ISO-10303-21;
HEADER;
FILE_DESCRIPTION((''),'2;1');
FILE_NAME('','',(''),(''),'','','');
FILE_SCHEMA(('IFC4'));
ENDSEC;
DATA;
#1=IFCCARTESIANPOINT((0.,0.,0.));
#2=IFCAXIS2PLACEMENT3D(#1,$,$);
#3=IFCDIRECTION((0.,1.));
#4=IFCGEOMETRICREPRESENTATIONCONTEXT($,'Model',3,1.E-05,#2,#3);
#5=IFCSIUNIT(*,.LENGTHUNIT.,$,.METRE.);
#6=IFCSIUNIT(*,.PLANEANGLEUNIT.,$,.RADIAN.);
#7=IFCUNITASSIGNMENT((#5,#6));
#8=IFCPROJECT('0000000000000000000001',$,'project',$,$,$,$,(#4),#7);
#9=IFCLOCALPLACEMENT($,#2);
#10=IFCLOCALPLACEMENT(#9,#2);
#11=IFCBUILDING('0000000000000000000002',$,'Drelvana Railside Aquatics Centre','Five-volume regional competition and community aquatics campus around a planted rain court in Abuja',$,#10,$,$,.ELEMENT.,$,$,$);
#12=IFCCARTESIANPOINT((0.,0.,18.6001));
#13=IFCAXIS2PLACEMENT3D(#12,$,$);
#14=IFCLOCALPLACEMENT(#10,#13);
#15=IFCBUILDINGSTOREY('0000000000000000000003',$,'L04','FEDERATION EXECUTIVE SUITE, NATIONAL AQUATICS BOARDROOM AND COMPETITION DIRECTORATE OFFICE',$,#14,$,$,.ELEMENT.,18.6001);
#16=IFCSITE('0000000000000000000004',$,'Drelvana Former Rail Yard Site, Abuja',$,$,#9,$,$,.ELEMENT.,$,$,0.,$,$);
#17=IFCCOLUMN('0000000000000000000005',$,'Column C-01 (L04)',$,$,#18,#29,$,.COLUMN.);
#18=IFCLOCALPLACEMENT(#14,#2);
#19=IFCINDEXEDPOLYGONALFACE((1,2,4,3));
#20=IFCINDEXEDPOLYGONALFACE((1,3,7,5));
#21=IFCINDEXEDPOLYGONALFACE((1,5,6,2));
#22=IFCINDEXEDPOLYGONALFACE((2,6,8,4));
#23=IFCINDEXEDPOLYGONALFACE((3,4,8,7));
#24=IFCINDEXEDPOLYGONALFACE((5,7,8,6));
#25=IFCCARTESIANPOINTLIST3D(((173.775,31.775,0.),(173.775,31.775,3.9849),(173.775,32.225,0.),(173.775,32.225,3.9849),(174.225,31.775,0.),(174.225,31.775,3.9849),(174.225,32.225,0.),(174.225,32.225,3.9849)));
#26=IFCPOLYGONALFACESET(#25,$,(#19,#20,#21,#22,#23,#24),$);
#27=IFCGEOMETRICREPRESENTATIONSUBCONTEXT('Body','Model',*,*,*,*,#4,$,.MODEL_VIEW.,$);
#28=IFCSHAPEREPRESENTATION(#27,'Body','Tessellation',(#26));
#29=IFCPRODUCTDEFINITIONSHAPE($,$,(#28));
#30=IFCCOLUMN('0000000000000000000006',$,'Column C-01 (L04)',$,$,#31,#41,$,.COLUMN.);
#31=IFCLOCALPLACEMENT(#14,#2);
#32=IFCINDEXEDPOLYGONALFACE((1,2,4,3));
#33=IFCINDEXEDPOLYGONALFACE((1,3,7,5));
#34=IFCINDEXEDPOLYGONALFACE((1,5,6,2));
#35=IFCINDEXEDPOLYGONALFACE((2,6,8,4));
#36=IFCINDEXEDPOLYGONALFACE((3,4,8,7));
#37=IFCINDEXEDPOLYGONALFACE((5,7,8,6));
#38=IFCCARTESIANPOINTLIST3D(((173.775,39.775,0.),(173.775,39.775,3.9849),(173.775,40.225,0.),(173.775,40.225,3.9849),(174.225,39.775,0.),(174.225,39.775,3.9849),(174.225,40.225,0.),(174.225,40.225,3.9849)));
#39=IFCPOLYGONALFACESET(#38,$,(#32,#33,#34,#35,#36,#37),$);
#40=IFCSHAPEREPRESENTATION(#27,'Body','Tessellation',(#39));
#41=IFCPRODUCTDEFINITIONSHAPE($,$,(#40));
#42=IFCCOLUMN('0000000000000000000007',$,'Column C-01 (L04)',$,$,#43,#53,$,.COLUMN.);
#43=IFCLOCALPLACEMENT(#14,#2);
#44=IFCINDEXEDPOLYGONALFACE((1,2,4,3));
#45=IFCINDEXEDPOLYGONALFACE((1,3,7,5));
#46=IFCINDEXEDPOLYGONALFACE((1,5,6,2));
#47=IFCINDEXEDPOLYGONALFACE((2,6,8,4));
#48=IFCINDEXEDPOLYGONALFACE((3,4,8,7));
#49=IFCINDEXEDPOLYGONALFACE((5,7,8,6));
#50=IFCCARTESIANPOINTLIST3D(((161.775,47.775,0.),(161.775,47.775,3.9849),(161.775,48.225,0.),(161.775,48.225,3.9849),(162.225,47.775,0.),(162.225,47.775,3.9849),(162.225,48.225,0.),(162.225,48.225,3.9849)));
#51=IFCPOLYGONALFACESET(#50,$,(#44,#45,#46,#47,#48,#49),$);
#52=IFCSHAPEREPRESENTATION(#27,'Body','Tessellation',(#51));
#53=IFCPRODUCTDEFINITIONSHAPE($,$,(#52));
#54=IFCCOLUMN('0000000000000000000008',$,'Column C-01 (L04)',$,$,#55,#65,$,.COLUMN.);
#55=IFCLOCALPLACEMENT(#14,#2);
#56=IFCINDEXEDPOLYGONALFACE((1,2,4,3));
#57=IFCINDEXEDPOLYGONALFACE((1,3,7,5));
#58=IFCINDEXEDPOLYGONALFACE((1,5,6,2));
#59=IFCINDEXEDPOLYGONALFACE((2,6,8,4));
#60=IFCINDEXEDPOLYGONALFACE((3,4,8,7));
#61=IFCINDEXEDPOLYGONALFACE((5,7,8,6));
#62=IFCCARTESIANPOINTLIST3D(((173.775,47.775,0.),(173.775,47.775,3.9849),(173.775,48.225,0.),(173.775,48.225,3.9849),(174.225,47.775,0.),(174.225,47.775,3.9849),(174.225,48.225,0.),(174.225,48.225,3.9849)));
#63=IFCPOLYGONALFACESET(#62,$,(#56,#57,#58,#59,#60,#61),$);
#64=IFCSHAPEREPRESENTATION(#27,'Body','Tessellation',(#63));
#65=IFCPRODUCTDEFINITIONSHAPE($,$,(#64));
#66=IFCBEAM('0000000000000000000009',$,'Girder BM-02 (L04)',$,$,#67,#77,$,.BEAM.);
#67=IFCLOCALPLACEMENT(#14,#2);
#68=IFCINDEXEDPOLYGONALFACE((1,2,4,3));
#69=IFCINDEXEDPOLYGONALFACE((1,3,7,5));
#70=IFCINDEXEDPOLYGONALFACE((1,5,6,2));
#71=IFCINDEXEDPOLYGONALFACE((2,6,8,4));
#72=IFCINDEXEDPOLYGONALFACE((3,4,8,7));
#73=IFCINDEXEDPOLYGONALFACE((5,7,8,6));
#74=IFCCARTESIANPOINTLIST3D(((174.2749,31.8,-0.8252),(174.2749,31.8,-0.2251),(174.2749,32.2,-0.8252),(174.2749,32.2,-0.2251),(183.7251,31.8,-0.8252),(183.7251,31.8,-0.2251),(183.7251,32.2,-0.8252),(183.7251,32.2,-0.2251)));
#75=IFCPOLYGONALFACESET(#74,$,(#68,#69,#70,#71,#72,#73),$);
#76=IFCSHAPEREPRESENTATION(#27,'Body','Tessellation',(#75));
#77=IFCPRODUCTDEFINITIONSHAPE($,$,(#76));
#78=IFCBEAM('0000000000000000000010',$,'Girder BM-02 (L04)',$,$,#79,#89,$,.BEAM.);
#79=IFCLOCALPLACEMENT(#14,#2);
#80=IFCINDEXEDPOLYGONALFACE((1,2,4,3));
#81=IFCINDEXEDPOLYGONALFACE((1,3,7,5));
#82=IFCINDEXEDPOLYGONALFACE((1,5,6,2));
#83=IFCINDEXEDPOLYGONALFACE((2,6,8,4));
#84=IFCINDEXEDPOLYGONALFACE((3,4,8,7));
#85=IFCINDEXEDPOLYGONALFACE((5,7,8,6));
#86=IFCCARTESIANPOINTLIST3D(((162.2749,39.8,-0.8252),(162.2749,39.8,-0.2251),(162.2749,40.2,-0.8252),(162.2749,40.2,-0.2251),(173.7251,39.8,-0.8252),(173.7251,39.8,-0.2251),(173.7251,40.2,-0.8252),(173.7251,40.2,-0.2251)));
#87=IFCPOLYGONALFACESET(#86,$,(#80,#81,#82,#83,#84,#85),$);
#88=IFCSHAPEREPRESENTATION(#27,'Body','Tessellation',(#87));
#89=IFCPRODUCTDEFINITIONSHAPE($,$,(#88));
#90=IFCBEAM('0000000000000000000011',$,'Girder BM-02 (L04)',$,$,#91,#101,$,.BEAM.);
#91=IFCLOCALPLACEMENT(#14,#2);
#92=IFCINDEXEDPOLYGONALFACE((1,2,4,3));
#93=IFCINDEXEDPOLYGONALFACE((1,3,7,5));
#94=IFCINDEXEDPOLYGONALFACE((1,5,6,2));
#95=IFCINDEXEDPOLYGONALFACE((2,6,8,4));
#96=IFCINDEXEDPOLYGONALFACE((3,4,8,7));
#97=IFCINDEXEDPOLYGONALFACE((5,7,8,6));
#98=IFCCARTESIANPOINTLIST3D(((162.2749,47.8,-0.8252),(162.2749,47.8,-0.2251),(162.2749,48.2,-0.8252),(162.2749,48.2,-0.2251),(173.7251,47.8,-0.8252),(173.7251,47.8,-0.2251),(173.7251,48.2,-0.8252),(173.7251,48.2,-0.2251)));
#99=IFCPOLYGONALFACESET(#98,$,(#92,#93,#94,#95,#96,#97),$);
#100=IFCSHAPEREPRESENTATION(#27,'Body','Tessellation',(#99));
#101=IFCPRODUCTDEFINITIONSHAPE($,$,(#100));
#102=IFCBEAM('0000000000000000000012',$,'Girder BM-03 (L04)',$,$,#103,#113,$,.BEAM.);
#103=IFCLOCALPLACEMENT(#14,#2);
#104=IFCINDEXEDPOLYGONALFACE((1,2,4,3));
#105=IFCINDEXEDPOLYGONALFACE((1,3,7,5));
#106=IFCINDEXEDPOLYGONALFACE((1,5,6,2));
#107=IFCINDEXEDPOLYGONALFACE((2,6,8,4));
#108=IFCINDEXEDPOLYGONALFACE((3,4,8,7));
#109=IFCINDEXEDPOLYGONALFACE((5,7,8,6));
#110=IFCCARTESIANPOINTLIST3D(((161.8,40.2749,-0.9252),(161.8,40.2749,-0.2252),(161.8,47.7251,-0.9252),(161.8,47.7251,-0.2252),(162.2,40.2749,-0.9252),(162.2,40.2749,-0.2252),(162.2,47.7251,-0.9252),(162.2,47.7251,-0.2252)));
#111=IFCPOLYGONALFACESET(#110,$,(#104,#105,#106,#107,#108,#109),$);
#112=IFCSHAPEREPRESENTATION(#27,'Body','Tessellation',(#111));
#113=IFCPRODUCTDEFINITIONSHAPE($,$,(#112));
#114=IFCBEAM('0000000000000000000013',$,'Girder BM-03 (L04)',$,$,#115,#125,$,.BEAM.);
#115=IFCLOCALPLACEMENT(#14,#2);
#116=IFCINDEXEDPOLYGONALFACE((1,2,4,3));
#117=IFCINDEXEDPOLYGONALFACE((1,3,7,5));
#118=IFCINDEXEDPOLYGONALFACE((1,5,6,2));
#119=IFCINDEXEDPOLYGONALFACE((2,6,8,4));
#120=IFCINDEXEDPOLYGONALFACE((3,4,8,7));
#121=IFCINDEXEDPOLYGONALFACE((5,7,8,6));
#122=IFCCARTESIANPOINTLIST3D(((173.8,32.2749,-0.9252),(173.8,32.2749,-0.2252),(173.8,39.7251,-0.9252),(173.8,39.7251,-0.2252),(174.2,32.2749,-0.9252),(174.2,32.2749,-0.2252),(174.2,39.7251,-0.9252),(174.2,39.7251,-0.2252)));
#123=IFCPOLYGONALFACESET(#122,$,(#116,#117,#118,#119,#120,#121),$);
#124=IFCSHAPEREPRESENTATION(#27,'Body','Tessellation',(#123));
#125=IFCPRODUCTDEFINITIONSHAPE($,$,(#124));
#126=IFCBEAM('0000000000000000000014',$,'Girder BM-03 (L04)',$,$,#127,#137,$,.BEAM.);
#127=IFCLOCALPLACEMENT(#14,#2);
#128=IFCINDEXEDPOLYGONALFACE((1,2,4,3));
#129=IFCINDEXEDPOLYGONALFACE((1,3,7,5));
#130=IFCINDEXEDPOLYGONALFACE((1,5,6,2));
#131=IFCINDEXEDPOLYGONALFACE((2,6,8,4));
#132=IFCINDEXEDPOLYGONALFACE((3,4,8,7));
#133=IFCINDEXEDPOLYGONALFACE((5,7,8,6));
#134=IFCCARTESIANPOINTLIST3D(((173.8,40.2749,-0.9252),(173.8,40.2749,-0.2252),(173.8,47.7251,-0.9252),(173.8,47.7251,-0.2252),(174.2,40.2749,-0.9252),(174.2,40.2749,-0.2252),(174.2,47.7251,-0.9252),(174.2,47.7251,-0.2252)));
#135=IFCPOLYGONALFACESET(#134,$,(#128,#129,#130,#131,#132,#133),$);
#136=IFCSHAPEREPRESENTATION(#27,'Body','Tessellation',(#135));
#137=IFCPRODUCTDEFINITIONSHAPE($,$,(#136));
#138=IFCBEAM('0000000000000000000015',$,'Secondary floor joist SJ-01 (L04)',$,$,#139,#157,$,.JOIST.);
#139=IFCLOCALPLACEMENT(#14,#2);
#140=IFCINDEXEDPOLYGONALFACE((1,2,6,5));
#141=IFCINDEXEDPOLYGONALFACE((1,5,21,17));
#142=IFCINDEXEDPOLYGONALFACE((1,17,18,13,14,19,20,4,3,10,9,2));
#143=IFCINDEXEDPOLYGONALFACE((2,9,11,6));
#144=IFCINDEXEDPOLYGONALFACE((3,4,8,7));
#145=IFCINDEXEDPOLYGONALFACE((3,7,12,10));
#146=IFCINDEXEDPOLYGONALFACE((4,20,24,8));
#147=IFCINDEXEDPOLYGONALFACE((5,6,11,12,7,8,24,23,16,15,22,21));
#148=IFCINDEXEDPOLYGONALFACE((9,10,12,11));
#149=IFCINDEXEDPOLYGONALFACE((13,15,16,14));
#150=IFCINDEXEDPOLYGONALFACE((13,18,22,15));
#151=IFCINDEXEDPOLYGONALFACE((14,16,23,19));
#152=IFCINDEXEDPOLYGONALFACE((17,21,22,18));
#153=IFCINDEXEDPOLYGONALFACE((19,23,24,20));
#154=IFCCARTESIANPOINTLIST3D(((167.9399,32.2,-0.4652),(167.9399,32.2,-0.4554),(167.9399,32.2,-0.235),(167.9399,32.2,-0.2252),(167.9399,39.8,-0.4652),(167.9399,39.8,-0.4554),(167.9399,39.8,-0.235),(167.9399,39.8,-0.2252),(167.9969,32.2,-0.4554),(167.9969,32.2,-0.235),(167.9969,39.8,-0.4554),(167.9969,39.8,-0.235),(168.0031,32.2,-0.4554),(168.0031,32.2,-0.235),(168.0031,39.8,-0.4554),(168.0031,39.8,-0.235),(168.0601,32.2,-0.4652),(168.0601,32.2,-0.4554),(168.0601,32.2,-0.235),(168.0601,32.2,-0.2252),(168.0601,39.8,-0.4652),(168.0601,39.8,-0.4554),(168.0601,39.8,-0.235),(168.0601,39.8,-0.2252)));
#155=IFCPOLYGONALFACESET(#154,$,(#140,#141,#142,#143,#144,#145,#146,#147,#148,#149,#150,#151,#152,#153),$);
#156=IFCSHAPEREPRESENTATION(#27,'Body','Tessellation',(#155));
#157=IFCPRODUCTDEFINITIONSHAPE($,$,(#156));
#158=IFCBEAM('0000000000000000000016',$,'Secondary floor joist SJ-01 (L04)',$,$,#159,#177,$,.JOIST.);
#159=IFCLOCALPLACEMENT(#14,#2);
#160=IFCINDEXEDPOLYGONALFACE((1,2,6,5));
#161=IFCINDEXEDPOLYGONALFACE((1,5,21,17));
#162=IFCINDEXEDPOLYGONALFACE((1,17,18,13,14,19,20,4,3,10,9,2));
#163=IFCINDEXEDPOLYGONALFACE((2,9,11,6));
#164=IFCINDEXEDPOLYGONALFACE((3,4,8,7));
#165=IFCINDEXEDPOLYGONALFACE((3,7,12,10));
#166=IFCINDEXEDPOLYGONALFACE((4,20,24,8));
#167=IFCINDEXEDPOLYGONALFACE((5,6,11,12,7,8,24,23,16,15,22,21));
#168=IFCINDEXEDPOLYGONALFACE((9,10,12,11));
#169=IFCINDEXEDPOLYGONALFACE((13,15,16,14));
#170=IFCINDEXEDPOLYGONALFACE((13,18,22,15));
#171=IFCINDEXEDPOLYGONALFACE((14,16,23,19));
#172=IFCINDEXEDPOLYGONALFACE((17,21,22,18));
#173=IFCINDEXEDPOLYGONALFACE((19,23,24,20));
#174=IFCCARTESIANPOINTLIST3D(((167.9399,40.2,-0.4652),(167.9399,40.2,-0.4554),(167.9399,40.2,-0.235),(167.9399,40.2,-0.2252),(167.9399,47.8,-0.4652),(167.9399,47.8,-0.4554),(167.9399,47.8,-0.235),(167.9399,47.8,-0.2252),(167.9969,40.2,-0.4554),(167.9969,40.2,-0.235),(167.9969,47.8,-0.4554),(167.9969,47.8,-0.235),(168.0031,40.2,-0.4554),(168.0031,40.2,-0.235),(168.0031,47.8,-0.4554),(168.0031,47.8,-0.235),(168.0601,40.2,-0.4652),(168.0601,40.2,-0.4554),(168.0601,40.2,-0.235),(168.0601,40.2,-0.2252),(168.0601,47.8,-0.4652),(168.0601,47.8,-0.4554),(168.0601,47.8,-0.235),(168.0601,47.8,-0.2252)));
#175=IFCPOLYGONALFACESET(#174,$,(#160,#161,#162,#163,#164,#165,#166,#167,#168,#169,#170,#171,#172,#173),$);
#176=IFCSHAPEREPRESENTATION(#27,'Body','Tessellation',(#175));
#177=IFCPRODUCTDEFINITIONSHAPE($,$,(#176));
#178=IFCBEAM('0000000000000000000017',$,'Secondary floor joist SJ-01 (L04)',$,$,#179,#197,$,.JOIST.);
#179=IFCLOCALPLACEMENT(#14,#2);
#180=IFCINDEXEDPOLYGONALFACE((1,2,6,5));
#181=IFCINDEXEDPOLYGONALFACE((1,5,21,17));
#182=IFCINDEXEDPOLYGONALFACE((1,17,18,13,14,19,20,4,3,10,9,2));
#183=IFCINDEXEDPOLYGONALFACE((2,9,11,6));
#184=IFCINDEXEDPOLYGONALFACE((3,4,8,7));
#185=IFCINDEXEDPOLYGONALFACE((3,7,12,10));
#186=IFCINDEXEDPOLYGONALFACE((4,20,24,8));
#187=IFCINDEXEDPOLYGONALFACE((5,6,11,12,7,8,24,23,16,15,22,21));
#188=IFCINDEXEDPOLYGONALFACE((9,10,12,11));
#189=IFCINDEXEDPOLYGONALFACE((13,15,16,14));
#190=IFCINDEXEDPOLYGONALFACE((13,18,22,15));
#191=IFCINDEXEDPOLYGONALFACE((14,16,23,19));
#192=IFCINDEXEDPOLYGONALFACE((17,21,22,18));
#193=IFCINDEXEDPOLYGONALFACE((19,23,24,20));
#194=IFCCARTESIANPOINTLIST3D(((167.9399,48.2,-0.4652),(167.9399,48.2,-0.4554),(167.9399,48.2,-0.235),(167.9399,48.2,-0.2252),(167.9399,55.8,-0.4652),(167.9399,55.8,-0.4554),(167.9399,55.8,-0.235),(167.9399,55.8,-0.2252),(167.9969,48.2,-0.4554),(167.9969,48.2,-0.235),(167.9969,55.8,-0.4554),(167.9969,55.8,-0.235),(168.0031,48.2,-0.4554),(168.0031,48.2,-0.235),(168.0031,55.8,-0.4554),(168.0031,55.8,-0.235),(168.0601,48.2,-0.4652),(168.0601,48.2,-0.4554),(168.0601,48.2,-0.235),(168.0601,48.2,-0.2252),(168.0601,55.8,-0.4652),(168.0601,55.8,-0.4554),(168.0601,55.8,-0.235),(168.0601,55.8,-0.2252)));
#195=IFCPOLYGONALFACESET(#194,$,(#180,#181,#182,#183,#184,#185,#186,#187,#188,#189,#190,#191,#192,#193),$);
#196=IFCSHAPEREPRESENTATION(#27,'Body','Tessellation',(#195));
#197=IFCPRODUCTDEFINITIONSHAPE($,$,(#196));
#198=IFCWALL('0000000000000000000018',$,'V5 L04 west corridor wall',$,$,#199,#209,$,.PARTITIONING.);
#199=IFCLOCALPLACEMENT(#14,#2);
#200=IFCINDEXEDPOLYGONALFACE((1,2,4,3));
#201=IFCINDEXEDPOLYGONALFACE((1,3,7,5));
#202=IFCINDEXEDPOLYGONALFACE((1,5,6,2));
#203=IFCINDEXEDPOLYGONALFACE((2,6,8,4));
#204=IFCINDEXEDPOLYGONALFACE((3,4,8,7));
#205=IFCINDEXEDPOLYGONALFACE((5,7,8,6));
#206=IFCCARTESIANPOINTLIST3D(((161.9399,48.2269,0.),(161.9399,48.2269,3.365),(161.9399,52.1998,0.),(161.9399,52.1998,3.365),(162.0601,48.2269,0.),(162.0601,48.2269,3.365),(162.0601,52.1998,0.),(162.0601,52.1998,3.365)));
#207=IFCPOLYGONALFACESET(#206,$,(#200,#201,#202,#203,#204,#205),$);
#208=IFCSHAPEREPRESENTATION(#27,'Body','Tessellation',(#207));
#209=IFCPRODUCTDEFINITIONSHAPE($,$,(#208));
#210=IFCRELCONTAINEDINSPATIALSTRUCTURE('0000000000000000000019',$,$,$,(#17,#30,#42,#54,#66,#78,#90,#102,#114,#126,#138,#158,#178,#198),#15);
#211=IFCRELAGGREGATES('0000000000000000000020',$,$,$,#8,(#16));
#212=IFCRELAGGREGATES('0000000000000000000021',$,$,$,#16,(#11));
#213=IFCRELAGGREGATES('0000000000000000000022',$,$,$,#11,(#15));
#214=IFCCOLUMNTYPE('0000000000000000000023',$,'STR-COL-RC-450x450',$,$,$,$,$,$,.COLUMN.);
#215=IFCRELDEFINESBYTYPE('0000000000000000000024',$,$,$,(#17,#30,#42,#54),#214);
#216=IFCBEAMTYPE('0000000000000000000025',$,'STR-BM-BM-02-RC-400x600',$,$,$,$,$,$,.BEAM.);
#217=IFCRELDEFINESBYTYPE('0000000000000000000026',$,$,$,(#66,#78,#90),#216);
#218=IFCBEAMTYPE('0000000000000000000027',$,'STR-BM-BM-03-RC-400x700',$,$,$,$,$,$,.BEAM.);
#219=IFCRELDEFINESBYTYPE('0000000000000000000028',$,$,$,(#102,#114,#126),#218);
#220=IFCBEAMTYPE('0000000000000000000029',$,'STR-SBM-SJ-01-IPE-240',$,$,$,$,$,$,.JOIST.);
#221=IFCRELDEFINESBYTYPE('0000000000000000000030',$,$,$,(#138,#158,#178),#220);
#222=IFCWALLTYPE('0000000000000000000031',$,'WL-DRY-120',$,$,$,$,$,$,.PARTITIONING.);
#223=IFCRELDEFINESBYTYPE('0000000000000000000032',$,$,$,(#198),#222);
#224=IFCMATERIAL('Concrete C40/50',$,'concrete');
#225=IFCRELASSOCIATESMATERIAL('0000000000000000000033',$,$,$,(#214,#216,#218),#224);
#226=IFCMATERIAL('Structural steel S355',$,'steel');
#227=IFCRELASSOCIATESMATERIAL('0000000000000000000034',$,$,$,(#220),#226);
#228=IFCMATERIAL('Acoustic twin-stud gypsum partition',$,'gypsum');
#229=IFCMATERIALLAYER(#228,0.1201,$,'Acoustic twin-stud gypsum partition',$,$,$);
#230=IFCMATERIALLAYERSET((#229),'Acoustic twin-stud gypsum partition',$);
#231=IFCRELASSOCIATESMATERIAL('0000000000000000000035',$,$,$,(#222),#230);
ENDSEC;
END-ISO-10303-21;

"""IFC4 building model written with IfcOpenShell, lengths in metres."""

from ifc_helpers import new_model, si_unit, direction, frame, frame_2d, origin, origin_2d, place, context, subcontext, project, spatial, rectangle, i_section, extrude, material, layer, layer_set, material_profile, profile_set, type_object, element, save


model = new_model("IFC4")

# Units and contexts
model_context = context("Model", 3, precision=1e-05, world=origin(), true_north=direction((0.0, 1.0)))
body_context = subcontext(model_context, "Body", "Model", "MODEL_VIEW")
ifc_project = project(units=[si_unit("LENGTHUNIT", "METRE"), si_unit("PLANEANGLEUNIT", "RADIAN")], contexts=[model_context])

# Site, building, storey
site_placement = place(None, origin())
site = spatial("IfcSite", under=ifc_project, at=site_placement, Name="Drelvana Former Rail Yard Site, Abuja", CompositionType="ELEMENT", RefElevation=0.0)
building_placement = place(site_placement, origin())
building = spatial("IfcBuilding", under=site, at=building_placement, Name="Drelvana Railside Aquatics Centre", Description="Five-volume regional competition and community aquatics campus around a planted rain court in Abuja", CompositionType="ELEMENT")
storey_placement = place(building_placement, frame((0.0, 0.0, 18.6001)))
storey = spatial("IfcBuildingStorey", under=building, at=storey_placement, Name="L04", Description="FEDERATION EXECUTIVE SUITE, NATIONAL AQUATICS BOARDROOM AND COMPETITION DIRECTORATE OFFICE", CompositionType="ELEMENT", Elevation=18.6001)

# Columns
ifc_material_1 = material(Name="Concrete C40/50", Category="concrete")
ifc_material_profile_1 = material_profile(ifc_material_1, rectangle(XDim=0.45, YDim=0.45, at=origin_2d()), Name="RC 450x450")
ifc_profile_set_1 = profile_set([ifc_material_profile_1], Name="Concrete C40/50")
column_type = type_object("IfcColumnType", Name="STR-COL-RC-450x450", PredefinedType="COLUMN", material=ifc_profile_set_1)
for number, where, z_axis, x_axis, name in (
    (1, (174.0, 32.0, 0.0), (0.0, 0.0, 1.0), (1.0, 0.0, 0.0), "Column C-01 (L04)"),
    (2, (174.0, 40.0, 0.0), (0.0, 0.0, 1.0), (1.0, 0.0, 0.0), "Column C-01 (L04)"),
    (3, (162.0, 48.0, 0.0), (0.0, 0.0, 1.0), (1.0, 0.0, 0.0), "Column C-01 (L04)"),
    (4, (174.0, 48.0, 0.0), (0.0, 0.0, 1.0), (1.0, 0.0, 0.0), "Column C-01 (L04)"),
):
    element("IfcColumn", number, at=place(storey_placement, frame(where, z_axis=z_axis, x_axis=x_axis)), inside=storey, type_object=column_type, Name=name, PredefinedType="COLUMN", context=body_context, shape_type="SweptSolid", body=[
        extrude(rectangle(XDim=0.45, YDim=0.45, at=origin_2d()), origin(), (0.0, 0.0, 1.0), 3.9849),
    ])

# Beams
ifc_material_profile_2 = material_profile(ifc_material_1, rectangle(XDim=0.3999, YDim=0.6001, at=origin_2d()), Name="RC 400x600")
ifc_profile_set_2 = profile_set([ifc_material_profile_2], Name="Concrete C40/50")
beam_type_1 = type_object("IfcBeamType", Name="STR-BM-BM-02-RC-400x600", PredefinedType="BEAM", material=ifc_profile_set_2)
beam_placement = place(storey_placement, frame((174.2749, 32.0, -0.5251), z_axis=(1.0, 0.0, 0.0), x_axis=(0.0, 1.0, 0.0)))
element("IfcBeam", 5, at=beam_placement, inside=storey, type_object=beam_type_1, Name="Girder BM-02 (L04)", PredefinedType="BEAM", context=body_context, shape_type="SweptSolid", body=[
    extrude(rectangle(XDim=0.3999, YDim=0.6001, at=origin_2d()), origin(), (0.0, 0.0, 1.0), 9.4502),
])
for number, where, z_axis, x_axis, name in (
    (6, (162.2749, 40.0, -0.5251), (1.0, 0.0, 0.0), (0.0, 1.0, 0.0), "Girder BM-02 (L04)"),
    (7, (162.2749, 48.0, -0.5251), (1.0, 0.0, 0.0), (0.0, 1.0, 0.0), "Girder BM-02 (L04)"),
):
    element("IfcBeam", number, at=place(storey_placement, frame(where, z_axis=z_axis, x_axis=x_axis)), inside=storey, type_object=beam_type_1, Name=name, PredefinedType="BEAM", context=body_context, shape_type="SweptSolid", body=[
        extrude(rectangle(XDim=0.3999, YDim=0.6001, at=origin_2d()), origin(), (0.0, 0.0, 1.0), 11.4502),
    ])
ifc_material_profile_3 = material_profile(ifc_material_1, rectangle(XDim=0.3999, YDim=0.7, at=origin_2d()), Name="RC 400x700")
ifc_profile_set_3 = profile_set([ifc_material_profile_3], Name="Concrete C40/50")
beam_type_2 = type_object("IfcBeamType", Name="STR-BM-BM-03-RC-400x700", PredefinedType="BEAM", material=ifc_profile_set_3)
for number, where, z_axis, x_axis, name in (
    (8, (162.0, 40.2749, -0.5752), (0.0, 1.0, 0.0), (-1.0, 0.0, 0.0), "Girder BM-03 (L04)"),
    (9, (174.0, 32.2749, -0.5752), (0.0, 1.0, 0.0), (-1.0, 0.0, 0.0), "Girder BM-03 (L04)"),
    (10, (174.0, 40.2749, -0.5752), (0.0, 1.0, 0.0), (-1.0, 0.0, 0.0), "Girder BM-03 (L04)"),
):
    element("IfcBeam", number, at=place(storey_placement, frame(where, z_axis=z_axis, x_axis=x_axis)), inside=storey, type_object=beam_type_2, Name=name, PredefinedType="BEAM", context=body_context, shape_type="SweptSolid", body=[
        extrude(rectangle(XDim=0.3999, YDim=0.7, at=origin_2d()), origin(), (0.0, 0.0, 1.0), 7.4502),
    ])
ifc_material_2 = material(Name="Structural steel S355", Category="steel")
ifc_material_profile_4 = material_profile(ifc_material_2, i_section(OverallWidth=0.1201, OverallDepth=0.24, WebThickness=0.0061, FlangeThickness=0.0098, at=origin_2d()), Name="IPE 240")
ifc_profile_set_4 = profile_set([ifc_material_profile_4], Name="Structural steel S355")
beam_type_3 = type_object("IfcBeamType", Name="STR-SBM-SJ-01-IPE-240", PredefinedType="JOIST", material=ifc_profile_set_4)
for number, where, z_axis, x_axis, name in (
    (11, (168.0, 32.2, -0.3452), (0.0, 1.0, 0.0), (-1.0, 0.0, 0.0), "Secondary floor joist SJ-01 (L04)"),
    (12, (168.0, 40.2, -0.3452), (0.0, 1.0, 0.0), (-1.0, 0.0, 0.0), "Secondary floor joist SJ-01 (L04)"),
    (13, (168.0, 48.2, -0.3452), (0.0, 1.0, 0.0), (-1.0, 0.0, 0.0), "Secondary floor joist SJ-01 (L04)"),
):
    element("IfcBeam", number, at=place(storey_placement, frame(where, z_axis=z_axis, x_axis=x_axis)), inside=storey, type_object=beam_type_3, Name=name, PredefinedType="JOIST", context=body_context, shape_type="SweptSolid", body=[
        extrude(i_section(OverallWidth=0.1201, OverallDepth=0.24, WebThickness=0.0061, FlangeThickness=0.0098, at=origin_2d()), origin(), (0.0, 0.0, 1.0), 7.6001),
    ])

# Wall
ifc_material_3 = material(Name="Acoustic twin-stud gypsum partition", Category="gypsum")
ifc_layer = layer(ifc_material_3, 0.1201, Name="Acoustic twin-stud gypsum partition")
ifc_layer_set = layer_set([ifc_layer], Name="Acoustic twin-stud gypsum partition")
wall_type = type_object("IfcWallType", Name="WL-DRY-120", PredefinedType="PARTITIONING", material=ifc_layer_set)
wall_1_placement = place(storey_placement, frame((162.0, 48.2271, 0.0), z_axis=(0.0, 0.0, 1.0), x_axis=(0.0, 1.0, 0.0)))
element("IfcWall", 14, at=wall_1_placement, inside=storey, type_object=wall_type, Name="V5 L04 west corridor wall", PredefinedType="PARTITIONING", context=body_context, shape_type="SweptSolid", body=[
    extrude(rectangle(XDim=3.9729, YDim=0.1201, at=frame_2d((1.9863, 0.0))), origin(), (0.0, 0.0, 1.0), 3.365),
])

save(model, "model.ifc")
